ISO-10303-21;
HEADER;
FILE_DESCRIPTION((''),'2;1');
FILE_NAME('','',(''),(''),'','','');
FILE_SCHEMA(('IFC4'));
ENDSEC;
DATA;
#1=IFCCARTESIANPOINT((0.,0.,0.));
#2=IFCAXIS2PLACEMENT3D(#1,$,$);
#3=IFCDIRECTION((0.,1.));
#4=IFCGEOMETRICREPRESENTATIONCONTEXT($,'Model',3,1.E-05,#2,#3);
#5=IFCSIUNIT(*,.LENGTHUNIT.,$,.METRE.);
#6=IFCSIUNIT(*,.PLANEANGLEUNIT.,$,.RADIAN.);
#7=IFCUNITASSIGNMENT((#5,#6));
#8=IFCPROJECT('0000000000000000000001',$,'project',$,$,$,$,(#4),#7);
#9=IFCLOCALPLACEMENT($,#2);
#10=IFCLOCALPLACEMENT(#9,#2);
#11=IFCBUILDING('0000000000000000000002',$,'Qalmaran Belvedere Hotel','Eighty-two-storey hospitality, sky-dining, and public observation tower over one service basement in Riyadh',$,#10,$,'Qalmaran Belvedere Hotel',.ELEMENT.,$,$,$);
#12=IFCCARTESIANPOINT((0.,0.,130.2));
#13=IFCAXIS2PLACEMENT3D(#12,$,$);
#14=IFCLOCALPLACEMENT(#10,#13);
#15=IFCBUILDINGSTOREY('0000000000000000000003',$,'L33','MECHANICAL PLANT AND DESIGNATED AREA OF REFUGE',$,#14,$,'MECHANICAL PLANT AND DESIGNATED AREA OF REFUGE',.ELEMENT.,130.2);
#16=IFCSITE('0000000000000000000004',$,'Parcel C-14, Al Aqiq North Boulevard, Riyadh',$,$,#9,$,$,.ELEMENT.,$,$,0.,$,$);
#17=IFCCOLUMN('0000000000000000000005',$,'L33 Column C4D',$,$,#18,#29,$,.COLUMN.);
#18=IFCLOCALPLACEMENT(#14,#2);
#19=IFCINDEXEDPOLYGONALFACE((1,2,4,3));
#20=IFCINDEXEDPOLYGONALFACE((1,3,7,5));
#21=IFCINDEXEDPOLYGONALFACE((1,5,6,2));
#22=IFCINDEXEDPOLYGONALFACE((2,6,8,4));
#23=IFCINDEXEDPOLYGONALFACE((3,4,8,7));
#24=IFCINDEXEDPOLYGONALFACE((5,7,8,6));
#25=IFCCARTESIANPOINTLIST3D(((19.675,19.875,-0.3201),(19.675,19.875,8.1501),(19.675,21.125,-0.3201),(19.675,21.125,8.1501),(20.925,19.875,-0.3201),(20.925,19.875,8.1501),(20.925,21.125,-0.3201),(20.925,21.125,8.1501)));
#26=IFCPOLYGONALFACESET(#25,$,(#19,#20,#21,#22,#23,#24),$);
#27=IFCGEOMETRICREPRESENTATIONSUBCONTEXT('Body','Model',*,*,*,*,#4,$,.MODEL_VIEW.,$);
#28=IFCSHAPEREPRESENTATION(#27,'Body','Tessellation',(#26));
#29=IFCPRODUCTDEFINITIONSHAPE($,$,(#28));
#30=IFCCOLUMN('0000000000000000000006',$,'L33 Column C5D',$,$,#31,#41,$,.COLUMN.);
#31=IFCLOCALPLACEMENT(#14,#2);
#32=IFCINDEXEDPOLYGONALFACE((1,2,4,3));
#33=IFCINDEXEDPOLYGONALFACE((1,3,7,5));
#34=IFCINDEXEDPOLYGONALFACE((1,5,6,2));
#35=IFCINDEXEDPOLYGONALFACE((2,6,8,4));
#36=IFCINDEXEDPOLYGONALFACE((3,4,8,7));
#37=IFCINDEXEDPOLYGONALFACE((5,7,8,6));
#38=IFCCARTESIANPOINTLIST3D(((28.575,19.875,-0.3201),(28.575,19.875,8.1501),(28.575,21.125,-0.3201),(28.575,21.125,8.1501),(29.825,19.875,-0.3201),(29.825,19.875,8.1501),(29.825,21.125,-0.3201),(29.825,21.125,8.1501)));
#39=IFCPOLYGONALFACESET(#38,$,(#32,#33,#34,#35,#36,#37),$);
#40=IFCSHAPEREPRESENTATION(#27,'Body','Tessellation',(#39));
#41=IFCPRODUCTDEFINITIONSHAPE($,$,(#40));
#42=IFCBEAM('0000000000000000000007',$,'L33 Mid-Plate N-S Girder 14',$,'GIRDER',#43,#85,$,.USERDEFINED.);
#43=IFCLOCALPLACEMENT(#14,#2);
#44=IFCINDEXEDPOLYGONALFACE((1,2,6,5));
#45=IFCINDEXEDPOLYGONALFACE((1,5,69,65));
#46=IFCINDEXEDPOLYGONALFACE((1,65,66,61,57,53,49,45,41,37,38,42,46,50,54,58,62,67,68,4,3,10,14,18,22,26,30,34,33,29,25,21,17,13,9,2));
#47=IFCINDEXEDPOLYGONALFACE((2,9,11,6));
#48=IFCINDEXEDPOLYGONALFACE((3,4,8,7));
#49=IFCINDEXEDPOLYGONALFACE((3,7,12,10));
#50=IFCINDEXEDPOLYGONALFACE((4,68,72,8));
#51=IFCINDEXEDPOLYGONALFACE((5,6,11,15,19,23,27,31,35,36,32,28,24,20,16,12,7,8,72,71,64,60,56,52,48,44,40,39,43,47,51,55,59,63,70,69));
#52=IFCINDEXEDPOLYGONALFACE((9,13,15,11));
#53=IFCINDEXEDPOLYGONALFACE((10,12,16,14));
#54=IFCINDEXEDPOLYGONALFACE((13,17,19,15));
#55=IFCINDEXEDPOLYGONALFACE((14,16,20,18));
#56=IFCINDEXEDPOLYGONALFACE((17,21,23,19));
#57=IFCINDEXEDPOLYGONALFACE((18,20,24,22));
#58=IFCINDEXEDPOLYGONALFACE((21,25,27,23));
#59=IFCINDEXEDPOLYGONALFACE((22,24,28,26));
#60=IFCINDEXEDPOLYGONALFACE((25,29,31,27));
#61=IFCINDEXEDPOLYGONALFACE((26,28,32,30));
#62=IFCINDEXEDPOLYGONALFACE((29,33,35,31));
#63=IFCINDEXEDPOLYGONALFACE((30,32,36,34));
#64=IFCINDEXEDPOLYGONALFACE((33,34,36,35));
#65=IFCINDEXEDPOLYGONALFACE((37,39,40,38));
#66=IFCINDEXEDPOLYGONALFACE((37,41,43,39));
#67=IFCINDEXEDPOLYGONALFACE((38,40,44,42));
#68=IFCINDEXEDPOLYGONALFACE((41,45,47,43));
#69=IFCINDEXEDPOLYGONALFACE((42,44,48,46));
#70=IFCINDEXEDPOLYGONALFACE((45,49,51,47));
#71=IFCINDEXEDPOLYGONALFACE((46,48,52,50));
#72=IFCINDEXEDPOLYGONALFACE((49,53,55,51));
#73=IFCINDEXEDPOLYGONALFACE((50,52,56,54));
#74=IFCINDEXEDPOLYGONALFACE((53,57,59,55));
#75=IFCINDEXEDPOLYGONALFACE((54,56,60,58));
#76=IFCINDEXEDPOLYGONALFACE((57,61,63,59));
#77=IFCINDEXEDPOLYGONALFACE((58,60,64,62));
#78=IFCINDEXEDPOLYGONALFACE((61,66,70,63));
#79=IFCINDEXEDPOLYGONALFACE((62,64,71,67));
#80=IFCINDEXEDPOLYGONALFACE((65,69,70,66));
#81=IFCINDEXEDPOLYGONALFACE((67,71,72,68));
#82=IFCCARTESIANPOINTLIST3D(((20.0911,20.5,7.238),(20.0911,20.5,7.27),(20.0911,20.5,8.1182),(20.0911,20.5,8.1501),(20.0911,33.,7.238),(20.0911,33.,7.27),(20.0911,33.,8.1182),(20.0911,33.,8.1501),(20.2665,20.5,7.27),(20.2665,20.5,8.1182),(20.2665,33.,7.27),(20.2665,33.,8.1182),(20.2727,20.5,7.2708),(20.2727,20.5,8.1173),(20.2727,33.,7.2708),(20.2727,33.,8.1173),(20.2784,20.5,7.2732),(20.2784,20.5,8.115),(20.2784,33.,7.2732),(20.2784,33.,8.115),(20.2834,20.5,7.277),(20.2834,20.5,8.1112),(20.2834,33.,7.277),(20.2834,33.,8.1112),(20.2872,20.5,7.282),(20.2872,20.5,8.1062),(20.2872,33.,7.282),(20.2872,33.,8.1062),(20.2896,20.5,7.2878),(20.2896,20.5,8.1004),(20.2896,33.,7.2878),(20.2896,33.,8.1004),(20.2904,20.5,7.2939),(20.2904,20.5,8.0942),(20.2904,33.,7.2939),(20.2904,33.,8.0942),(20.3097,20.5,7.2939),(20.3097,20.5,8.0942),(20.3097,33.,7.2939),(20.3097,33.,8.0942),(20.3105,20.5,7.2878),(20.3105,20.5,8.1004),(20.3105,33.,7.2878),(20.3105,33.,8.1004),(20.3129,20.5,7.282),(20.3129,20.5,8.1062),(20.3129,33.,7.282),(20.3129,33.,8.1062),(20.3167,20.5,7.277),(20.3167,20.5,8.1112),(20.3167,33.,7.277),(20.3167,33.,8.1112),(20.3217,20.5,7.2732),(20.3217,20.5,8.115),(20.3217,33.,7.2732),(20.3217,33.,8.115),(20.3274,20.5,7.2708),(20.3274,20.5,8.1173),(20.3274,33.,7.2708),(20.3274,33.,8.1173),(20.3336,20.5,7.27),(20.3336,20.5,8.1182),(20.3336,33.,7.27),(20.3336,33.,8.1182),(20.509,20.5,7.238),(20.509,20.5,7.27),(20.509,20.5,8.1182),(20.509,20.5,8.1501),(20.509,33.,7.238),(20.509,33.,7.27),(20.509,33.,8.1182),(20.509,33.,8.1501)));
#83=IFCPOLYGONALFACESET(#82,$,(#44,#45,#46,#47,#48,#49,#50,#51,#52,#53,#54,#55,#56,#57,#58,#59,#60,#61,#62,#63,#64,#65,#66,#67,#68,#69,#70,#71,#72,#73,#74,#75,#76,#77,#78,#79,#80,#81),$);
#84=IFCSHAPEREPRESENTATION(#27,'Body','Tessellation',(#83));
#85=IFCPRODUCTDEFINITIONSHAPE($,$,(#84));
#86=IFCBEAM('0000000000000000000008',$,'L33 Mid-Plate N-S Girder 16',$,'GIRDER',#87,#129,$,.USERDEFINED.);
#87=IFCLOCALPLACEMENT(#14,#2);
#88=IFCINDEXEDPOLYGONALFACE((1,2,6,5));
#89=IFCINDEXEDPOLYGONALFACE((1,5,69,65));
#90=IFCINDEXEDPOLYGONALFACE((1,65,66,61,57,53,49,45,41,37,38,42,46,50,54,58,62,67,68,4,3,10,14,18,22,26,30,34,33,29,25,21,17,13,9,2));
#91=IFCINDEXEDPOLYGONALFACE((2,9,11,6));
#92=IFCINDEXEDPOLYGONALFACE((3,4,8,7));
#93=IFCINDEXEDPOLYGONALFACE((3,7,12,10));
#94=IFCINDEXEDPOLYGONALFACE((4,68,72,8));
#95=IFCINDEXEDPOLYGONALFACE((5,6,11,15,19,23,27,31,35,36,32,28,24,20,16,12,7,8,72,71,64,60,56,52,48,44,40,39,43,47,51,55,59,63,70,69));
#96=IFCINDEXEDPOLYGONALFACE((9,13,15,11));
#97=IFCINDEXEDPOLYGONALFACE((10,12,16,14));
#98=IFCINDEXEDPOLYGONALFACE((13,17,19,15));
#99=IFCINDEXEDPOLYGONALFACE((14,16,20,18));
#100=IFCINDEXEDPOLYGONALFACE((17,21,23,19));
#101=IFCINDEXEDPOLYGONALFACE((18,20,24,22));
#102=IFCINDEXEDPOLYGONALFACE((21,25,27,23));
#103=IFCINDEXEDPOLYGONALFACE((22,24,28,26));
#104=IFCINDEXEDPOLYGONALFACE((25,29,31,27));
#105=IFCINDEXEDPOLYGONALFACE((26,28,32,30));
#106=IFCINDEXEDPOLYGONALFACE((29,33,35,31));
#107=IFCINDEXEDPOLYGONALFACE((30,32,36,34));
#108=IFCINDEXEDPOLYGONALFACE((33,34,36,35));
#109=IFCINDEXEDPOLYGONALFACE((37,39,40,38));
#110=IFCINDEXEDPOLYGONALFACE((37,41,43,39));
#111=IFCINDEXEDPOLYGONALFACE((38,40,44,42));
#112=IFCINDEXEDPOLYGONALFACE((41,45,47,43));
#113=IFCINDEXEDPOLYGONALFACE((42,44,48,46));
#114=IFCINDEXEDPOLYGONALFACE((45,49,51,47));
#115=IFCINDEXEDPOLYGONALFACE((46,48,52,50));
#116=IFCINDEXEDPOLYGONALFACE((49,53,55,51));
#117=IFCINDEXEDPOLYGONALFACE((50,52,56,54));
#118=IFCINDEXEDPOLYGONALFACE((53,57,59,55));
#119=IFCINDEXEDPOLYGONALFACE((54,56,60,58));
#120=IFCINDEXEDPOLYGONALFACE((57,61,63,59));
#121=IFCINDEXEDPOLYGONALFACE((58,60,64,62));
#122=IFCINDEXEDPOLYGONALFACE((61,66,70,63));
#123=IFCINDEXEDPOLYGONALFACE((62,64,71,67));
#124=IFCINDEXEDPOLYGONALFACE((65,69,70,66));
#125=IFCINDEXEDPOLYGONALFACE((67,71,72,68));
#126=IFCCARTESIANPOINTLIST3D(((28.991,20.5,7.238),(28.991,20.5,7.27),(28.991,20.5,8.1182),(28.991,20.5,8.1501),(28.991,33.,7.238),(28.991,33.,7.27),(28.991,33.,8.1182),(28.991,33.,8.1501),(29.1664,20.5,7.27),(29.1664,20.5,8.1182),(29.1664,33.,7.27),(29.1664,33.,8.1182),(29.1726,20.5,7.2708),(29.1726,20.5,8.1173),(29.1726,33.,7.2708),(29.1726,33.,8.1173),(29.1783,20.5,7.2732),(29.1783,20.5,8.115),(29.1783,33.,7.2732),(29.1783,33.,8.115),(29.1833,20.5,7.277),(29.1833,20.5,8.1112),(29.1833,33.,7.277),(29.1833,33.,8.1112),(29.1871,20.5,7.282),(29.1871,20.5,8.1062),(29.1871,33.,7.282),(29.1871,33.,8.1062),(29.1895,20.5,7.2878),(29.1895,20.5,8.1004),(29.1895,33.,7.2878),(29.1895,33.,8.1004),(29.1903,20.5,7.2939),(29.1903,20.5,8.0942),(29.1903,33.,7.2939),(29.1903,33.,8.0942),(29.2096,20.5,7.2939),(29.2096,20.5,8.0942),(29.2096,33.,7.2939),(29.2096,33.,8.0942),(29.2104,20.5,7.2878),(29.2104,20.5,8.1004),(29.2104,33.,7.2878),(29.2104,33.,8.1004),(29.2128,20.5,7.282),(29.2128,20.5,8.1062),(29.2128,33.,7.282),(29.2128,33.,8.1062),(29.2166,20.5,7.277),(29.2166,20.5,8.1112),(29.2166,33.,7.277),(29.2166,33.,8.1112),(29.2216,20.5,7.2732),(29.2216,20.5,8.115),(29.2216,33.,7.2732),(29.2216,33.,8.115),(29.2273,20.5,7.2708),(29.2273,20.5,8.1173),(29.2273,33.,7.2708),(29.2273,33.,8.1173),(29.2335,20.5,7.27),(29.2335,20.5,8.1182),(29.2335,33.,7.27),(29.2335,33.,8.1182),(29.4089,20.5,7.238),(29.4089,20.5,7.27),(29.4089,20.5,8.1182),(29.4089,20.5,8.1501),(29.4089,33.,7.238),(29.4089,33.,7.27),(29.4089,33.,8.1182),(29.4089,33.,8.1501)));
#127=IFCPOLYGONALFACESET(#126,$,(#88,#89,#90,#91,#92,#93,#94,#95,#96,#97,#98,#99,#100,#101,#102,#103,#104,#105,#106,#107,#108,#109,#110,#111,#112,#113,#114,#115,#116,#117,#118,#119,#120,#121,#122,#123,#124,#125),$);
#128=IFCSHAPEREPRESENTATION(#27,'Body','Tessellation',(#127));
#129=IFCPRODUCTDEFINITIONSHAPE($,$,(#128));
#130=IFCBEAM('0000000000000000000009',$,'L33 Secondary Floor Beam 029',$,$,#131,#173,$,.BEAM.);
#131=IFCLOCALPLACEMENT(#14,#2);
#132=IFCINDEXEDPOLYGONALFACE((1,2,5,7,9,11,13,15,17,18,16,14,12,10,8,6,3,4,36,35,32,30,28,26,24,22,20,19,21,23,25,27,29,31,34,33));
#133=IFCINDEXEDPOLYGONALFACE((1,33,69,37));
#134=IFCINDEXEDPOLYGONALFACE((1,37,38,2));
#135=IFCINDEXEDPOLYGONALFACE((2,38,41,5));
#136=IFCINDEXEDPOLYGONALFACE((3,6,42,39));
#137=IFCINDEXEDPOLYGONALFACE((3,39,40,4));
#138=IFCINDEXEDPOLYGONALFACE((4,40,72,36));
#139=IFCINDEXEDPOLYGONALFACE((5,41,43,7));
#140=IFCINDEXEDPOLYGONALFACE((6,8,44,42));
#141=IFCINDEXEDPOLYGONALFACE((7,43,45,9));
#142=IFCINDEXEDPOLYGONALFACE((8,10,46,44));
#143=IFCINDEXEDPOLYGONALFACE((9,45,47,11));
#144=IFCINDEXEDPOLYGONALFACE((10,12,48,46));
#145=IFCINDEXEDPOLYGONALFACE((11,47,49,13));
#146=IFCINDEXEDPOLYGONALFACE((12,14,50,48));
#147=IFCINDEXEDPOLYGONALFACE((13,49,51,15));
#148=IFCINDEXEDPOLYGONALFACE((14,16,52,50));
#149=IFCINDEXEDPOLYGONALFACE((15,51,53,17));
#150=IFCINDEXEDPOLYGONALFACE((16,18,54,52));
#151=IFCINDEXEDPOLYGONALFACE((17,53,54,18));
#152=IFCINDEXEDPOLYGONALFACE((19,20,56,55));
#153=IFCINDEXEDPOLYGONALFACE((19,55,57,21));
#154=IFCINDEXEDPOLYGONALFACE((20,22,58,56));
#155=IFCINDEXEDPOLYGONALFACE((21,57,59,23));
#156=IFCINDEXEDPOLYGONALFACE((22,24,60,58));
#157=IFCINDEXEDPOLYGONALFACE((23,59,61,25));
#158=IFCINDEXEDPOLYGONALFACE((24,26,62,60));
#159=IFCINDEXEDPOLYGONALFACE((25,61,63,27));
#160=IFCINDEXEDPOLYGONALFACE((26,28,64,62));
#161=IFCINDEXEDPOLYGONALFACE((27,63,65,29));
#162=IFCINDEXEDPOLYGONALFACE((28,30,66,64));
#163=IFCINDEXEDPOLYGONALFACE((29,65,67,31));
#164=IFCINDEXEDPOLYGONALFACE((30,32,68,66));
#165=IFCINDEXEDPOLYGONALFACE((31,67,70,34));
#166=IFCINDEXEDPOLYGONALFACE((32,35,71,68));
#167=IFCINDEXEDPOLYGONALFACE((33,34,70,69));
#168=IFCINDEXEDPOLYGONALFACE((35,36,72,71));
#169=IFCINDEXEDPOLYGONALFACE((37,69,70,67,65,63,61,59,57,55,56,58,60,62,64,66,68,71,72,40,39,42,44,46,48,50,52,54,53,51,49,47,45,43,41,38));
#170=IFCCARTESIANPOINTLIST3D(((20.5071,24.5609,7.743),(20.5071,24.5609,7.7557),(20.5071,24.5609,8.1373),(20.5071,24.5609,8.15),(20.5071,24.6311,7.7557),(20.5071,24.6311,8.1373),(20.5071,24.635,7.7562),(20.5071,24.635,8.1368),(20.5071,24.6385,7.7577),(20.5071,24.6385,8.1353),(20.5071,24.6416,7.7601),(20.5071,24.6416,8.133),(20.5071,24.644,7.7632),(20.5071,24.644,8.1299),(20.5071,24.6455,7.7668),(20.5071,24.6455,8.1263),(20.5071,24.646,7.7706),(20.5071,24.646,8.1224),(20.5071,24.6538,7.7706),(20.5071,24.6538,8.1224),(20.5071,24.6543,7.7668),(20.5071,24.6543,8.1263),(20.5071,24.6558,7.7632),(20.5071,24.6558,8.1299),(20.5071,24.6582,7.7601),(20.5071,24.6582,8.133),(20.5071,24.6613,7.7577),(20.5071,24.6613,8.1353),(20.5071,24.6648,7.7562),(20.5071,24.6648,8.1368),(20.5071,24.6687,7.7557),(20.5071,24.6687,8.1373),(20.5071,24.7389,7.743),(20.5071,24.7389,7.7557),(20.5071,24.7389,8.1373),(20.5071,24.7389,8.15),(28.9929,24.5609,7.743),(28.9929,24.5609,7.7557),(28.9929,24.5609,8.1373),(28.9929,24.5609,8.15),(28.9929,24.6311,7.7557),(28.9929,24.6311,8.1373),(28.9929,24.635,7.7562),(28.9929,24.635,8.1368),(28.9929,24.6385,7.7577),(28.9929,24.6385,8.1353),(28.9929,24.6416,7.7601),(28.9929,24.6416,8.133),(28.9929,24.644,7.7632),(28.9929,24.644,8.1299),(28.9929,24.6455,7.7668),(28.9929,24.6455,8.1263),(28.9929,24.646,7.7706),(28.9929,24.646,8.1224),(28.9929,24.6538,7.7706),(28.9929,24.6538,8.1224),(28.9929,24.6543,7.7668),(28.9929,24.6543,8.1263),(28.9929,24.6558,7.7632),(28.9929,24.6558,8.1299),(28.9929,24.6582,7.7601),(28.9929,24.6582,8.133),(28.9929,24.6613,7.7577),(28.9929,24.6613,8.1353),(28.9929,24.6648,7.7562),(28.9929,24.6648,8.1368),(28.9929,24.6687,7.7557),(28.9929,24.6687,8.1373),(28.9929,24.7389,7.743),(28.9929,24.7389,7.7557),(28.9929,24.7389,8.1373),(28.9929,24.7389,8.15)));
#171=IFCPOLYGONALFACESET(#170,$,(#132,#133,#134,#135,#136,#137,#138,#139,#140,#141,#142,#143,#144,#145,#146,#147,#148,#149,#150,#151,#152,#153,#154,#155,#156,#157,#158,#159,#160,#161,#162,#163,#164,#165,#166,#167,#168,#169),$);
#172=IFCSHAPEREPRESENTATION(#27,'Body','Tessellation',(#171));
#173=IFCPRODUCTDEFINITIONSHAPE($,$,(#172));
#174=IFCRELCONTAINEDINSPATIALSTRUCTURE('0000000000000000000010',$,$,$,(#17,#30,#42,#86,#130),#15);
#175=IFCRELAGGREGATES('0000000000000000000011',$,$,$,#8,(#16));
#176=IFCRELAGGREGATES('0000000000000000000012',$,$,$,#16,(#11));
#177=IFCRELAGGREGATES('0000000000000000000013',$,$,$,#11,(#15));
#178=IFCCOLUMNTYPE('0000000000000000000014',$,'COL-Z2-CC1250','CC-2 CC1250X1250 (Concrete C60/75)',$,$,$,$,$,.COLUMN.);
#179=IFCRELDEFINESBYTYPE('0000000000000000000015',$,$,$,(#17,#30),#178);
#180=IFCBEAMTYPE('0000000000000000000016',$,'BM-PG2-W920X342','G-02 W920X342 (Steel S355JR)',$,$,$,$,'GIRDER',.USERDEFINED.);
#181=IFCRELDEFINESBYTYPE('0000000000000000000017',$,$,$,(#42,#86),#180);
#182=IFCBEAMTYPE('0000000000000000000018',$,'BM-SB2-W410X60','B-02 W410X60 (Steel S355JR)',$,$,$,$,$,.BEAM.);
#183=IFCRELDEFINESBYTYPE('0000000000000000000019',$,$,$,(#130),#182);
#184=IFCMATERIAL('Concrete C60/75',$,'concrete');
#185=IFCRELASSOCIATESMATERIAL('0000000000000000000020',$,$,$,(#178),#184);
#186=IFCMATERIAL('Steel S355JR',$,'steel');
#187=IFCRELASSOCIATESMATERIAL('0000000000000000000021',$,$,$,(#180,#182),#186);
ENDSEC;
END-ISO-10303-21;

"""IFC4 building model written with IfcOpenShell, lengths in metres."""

from ifc_helpers import new_model, si_unit, direction, frame, origin, origin_2d, place, context, subcontext, project, spatial, rectangle, i_section, extrude, material, material_profile, profile_set, type_object, element, save


model = new_model("IFC4")

# Units and contexts
model_context = context("Model", 3, precision=1e-05, world=origin(), true_north=direction((0.0, 1.0)))
body_context = subcontext(model_context, "Body", "Model", "MODEL_VIEW")
ifc_project = project(units=[si_unit("LENGTHUNIT", "METRE"), si_unit("PLANEANGLEUNIT", "RADIAN")], contexts=[model_context])

# Site, building, storey
site_placement = place(None, origin())
site = spatial("IfcSite", under=ifc_project, at=site_placement, Name="Parcel C-14, Al Aqiq North Boulevard, Riyadh", CompositionType="ELEMENT", RefElevation=0.0)
building_placement = place(site_placement, origin())
building = spatial("IfcBuilding", under=site, at=building_placement, Name="Qalmaran Belvedere Hotel", Description="Eighty-two-storey hospitality, sky-dining, and public observation tower over one service basement in Riyadh", LongName="Qalmaran Belvedere Hotel", CompositionType="ELEMENT")
storey_placement = place(building_placement, frame((0.0, 0.0, 130.2)))
storey = spatial("IfcBuildingStorey", under=building, at=storey_placement, Name="L33", Description="MECHANICAL PLANT AND DESIGNATED AREA OF REFUGE", LongName="MECHANICAL PLANT AND DESIGNATED AREA OF REFUGE", CompositionType="ELEMENT", Elevation=130.2)

# Columns
ifc_material_1 = material(Name="Concrete C60/75", Category="concrete")
ifc_material_profile_1 = material_profile(ifc_material_1, rectangle(XDim=1.25, YDim=1.25, at=origin_2d()), Name="CC1250X1250")
ifc_profile_set_1 = profile_set([ifc_material_profile_1], Name="Concrete C60/75")
column_type = type_object("IfcColumnType", Name="COL-Z2-CC1250", Description="CC-2 CC1250X1250 (Concrete C60/75)", PredefinedType="COLUMN", material=ifc_profile_set_1)
for number, where, z_axis, x_axis, name in (
    (1, (20.3, 20.5, -0.3201), (0.0, 0.0, 1.0), (1.0, 0.0, 0.0), "L33 Column C4D"),
    (2, (29.2, 20.5, -0.3201), (0.0, 0.0, 1.0), (1.0, 0.0, 0.0), "L33 Column C5D"),
):
    element("IfcColumn", number, at=place(storey_placement, frame(where, z_axis=z_axis, x_axis=x_axis)), inside=storey, type_object=column_type, Name=name, PredefinedType="COLUMN", context=body_context, shape_type="SweptSolid", body=[
        extrude(rectangle(XDim=1.25, YDim=1.25, at=origin_2d()), origin(), (0.0, 0.0, 1.0), 8.4702),
    ])

# Beams
ifc_material_2 = material(Name="Steel S355JR", Category="steel")
ifc_material_profile_2 = material_profile(ifc_material_2, i_section(OverallWidth=0.418, OverallDepth=0.9121, WebThickness=0.0193, FlangeThickness=0.032, FilletRadius=0.0239, at=origin_2d()), Name="W920X342")
ifc_profile_set_2 = profile_set([ifc_material_profile_2], Name="Steel S355JR")
beam_type_1 = type_object("IfcBeamType", Name="BM-PG2-W920X342", Description="G-02 W920X342 (Steel S355JR)", ElementType="GIRDER", PredefinedType="USERDEFINED", material=ifc_profile_set_2)
for number, where, z_axis, x_axis, name in (
    (3, (20.3, 20.5, 7.6941), (0.0, 1.0, 0.0), (-1.0, 0.0, 0.0), "L33 Mid-Plate N-S Girder 14"),
    (4, (29.2, 20.5, 7.6941), (0.0, 1.0, 0.0), (-1.0, 0.0, 0.0), "L33 Mid-Plate N-S Girder 16"),
):
    element("IfcBeam", number, at=place(storey_placement, frame(where, z_axis=z_axis, x_axis=x_axis)), inside=storey, type_object=beam_type_1, Name=name, ObjectType="GIRDER", PredefinedType="USERDEFINED", context=body_context, shape_type="SweptSolid", body=[
        extrude(i_section(OverallWidth=0.418, OverallDepth=0.9121, WebThickness=0.0193, FlangeThickness=0.032, FilletRadius=0.0239, at=origin_2d()), origin(), (0.0, 0.0, 1.0), 12.5),
    ])
ifc_material_profile_3 = material_profile(ifc_material_2, i_section(OverallWidth=0.178, OverallDepth=0.407, WebThickness=0.0078, FlangeThickness=0.0127, FilletRadius=0.0149, at=origin_2d()), Name="W410X60")
ifc_profile_set_3 = profile_set([ifc_material_profile_3], Name="Steel S355JR")
beam_type_2 = type_object("IfcBeamType", Name="BM-SB2-W410X60", Description="B-02 W410X60 (Steel S355JR)", PredefinedType="BEAM", material=ifc_profile_set_3)
beam_1_placement = place(storey_placement, frame((20.5071, 24.6499, 7.9465), z_axis=(1.0, 0.0, 0.0), x_axis=(0.0, 1.0, 0.0)))
element("IfcBeam", 5, at=beam_1_placement, inside=storey, type_object=beam_type_2, Name="L33 Secondary Floor Beam 029", PredefinedType="BEAM", context=body_context, shape_type="SweptSolid", body=[
    extrude(i_section(OverallWidth=0.178, OverallDepth=0.407, WebThickness=0.0078, FlangeThickness=0.0127, FilletRadius=0.0149, at=origin_2d()), origin(), (0.0, 0.0, 1.0), 8.4858),
])

save(model, "model.ifc")
